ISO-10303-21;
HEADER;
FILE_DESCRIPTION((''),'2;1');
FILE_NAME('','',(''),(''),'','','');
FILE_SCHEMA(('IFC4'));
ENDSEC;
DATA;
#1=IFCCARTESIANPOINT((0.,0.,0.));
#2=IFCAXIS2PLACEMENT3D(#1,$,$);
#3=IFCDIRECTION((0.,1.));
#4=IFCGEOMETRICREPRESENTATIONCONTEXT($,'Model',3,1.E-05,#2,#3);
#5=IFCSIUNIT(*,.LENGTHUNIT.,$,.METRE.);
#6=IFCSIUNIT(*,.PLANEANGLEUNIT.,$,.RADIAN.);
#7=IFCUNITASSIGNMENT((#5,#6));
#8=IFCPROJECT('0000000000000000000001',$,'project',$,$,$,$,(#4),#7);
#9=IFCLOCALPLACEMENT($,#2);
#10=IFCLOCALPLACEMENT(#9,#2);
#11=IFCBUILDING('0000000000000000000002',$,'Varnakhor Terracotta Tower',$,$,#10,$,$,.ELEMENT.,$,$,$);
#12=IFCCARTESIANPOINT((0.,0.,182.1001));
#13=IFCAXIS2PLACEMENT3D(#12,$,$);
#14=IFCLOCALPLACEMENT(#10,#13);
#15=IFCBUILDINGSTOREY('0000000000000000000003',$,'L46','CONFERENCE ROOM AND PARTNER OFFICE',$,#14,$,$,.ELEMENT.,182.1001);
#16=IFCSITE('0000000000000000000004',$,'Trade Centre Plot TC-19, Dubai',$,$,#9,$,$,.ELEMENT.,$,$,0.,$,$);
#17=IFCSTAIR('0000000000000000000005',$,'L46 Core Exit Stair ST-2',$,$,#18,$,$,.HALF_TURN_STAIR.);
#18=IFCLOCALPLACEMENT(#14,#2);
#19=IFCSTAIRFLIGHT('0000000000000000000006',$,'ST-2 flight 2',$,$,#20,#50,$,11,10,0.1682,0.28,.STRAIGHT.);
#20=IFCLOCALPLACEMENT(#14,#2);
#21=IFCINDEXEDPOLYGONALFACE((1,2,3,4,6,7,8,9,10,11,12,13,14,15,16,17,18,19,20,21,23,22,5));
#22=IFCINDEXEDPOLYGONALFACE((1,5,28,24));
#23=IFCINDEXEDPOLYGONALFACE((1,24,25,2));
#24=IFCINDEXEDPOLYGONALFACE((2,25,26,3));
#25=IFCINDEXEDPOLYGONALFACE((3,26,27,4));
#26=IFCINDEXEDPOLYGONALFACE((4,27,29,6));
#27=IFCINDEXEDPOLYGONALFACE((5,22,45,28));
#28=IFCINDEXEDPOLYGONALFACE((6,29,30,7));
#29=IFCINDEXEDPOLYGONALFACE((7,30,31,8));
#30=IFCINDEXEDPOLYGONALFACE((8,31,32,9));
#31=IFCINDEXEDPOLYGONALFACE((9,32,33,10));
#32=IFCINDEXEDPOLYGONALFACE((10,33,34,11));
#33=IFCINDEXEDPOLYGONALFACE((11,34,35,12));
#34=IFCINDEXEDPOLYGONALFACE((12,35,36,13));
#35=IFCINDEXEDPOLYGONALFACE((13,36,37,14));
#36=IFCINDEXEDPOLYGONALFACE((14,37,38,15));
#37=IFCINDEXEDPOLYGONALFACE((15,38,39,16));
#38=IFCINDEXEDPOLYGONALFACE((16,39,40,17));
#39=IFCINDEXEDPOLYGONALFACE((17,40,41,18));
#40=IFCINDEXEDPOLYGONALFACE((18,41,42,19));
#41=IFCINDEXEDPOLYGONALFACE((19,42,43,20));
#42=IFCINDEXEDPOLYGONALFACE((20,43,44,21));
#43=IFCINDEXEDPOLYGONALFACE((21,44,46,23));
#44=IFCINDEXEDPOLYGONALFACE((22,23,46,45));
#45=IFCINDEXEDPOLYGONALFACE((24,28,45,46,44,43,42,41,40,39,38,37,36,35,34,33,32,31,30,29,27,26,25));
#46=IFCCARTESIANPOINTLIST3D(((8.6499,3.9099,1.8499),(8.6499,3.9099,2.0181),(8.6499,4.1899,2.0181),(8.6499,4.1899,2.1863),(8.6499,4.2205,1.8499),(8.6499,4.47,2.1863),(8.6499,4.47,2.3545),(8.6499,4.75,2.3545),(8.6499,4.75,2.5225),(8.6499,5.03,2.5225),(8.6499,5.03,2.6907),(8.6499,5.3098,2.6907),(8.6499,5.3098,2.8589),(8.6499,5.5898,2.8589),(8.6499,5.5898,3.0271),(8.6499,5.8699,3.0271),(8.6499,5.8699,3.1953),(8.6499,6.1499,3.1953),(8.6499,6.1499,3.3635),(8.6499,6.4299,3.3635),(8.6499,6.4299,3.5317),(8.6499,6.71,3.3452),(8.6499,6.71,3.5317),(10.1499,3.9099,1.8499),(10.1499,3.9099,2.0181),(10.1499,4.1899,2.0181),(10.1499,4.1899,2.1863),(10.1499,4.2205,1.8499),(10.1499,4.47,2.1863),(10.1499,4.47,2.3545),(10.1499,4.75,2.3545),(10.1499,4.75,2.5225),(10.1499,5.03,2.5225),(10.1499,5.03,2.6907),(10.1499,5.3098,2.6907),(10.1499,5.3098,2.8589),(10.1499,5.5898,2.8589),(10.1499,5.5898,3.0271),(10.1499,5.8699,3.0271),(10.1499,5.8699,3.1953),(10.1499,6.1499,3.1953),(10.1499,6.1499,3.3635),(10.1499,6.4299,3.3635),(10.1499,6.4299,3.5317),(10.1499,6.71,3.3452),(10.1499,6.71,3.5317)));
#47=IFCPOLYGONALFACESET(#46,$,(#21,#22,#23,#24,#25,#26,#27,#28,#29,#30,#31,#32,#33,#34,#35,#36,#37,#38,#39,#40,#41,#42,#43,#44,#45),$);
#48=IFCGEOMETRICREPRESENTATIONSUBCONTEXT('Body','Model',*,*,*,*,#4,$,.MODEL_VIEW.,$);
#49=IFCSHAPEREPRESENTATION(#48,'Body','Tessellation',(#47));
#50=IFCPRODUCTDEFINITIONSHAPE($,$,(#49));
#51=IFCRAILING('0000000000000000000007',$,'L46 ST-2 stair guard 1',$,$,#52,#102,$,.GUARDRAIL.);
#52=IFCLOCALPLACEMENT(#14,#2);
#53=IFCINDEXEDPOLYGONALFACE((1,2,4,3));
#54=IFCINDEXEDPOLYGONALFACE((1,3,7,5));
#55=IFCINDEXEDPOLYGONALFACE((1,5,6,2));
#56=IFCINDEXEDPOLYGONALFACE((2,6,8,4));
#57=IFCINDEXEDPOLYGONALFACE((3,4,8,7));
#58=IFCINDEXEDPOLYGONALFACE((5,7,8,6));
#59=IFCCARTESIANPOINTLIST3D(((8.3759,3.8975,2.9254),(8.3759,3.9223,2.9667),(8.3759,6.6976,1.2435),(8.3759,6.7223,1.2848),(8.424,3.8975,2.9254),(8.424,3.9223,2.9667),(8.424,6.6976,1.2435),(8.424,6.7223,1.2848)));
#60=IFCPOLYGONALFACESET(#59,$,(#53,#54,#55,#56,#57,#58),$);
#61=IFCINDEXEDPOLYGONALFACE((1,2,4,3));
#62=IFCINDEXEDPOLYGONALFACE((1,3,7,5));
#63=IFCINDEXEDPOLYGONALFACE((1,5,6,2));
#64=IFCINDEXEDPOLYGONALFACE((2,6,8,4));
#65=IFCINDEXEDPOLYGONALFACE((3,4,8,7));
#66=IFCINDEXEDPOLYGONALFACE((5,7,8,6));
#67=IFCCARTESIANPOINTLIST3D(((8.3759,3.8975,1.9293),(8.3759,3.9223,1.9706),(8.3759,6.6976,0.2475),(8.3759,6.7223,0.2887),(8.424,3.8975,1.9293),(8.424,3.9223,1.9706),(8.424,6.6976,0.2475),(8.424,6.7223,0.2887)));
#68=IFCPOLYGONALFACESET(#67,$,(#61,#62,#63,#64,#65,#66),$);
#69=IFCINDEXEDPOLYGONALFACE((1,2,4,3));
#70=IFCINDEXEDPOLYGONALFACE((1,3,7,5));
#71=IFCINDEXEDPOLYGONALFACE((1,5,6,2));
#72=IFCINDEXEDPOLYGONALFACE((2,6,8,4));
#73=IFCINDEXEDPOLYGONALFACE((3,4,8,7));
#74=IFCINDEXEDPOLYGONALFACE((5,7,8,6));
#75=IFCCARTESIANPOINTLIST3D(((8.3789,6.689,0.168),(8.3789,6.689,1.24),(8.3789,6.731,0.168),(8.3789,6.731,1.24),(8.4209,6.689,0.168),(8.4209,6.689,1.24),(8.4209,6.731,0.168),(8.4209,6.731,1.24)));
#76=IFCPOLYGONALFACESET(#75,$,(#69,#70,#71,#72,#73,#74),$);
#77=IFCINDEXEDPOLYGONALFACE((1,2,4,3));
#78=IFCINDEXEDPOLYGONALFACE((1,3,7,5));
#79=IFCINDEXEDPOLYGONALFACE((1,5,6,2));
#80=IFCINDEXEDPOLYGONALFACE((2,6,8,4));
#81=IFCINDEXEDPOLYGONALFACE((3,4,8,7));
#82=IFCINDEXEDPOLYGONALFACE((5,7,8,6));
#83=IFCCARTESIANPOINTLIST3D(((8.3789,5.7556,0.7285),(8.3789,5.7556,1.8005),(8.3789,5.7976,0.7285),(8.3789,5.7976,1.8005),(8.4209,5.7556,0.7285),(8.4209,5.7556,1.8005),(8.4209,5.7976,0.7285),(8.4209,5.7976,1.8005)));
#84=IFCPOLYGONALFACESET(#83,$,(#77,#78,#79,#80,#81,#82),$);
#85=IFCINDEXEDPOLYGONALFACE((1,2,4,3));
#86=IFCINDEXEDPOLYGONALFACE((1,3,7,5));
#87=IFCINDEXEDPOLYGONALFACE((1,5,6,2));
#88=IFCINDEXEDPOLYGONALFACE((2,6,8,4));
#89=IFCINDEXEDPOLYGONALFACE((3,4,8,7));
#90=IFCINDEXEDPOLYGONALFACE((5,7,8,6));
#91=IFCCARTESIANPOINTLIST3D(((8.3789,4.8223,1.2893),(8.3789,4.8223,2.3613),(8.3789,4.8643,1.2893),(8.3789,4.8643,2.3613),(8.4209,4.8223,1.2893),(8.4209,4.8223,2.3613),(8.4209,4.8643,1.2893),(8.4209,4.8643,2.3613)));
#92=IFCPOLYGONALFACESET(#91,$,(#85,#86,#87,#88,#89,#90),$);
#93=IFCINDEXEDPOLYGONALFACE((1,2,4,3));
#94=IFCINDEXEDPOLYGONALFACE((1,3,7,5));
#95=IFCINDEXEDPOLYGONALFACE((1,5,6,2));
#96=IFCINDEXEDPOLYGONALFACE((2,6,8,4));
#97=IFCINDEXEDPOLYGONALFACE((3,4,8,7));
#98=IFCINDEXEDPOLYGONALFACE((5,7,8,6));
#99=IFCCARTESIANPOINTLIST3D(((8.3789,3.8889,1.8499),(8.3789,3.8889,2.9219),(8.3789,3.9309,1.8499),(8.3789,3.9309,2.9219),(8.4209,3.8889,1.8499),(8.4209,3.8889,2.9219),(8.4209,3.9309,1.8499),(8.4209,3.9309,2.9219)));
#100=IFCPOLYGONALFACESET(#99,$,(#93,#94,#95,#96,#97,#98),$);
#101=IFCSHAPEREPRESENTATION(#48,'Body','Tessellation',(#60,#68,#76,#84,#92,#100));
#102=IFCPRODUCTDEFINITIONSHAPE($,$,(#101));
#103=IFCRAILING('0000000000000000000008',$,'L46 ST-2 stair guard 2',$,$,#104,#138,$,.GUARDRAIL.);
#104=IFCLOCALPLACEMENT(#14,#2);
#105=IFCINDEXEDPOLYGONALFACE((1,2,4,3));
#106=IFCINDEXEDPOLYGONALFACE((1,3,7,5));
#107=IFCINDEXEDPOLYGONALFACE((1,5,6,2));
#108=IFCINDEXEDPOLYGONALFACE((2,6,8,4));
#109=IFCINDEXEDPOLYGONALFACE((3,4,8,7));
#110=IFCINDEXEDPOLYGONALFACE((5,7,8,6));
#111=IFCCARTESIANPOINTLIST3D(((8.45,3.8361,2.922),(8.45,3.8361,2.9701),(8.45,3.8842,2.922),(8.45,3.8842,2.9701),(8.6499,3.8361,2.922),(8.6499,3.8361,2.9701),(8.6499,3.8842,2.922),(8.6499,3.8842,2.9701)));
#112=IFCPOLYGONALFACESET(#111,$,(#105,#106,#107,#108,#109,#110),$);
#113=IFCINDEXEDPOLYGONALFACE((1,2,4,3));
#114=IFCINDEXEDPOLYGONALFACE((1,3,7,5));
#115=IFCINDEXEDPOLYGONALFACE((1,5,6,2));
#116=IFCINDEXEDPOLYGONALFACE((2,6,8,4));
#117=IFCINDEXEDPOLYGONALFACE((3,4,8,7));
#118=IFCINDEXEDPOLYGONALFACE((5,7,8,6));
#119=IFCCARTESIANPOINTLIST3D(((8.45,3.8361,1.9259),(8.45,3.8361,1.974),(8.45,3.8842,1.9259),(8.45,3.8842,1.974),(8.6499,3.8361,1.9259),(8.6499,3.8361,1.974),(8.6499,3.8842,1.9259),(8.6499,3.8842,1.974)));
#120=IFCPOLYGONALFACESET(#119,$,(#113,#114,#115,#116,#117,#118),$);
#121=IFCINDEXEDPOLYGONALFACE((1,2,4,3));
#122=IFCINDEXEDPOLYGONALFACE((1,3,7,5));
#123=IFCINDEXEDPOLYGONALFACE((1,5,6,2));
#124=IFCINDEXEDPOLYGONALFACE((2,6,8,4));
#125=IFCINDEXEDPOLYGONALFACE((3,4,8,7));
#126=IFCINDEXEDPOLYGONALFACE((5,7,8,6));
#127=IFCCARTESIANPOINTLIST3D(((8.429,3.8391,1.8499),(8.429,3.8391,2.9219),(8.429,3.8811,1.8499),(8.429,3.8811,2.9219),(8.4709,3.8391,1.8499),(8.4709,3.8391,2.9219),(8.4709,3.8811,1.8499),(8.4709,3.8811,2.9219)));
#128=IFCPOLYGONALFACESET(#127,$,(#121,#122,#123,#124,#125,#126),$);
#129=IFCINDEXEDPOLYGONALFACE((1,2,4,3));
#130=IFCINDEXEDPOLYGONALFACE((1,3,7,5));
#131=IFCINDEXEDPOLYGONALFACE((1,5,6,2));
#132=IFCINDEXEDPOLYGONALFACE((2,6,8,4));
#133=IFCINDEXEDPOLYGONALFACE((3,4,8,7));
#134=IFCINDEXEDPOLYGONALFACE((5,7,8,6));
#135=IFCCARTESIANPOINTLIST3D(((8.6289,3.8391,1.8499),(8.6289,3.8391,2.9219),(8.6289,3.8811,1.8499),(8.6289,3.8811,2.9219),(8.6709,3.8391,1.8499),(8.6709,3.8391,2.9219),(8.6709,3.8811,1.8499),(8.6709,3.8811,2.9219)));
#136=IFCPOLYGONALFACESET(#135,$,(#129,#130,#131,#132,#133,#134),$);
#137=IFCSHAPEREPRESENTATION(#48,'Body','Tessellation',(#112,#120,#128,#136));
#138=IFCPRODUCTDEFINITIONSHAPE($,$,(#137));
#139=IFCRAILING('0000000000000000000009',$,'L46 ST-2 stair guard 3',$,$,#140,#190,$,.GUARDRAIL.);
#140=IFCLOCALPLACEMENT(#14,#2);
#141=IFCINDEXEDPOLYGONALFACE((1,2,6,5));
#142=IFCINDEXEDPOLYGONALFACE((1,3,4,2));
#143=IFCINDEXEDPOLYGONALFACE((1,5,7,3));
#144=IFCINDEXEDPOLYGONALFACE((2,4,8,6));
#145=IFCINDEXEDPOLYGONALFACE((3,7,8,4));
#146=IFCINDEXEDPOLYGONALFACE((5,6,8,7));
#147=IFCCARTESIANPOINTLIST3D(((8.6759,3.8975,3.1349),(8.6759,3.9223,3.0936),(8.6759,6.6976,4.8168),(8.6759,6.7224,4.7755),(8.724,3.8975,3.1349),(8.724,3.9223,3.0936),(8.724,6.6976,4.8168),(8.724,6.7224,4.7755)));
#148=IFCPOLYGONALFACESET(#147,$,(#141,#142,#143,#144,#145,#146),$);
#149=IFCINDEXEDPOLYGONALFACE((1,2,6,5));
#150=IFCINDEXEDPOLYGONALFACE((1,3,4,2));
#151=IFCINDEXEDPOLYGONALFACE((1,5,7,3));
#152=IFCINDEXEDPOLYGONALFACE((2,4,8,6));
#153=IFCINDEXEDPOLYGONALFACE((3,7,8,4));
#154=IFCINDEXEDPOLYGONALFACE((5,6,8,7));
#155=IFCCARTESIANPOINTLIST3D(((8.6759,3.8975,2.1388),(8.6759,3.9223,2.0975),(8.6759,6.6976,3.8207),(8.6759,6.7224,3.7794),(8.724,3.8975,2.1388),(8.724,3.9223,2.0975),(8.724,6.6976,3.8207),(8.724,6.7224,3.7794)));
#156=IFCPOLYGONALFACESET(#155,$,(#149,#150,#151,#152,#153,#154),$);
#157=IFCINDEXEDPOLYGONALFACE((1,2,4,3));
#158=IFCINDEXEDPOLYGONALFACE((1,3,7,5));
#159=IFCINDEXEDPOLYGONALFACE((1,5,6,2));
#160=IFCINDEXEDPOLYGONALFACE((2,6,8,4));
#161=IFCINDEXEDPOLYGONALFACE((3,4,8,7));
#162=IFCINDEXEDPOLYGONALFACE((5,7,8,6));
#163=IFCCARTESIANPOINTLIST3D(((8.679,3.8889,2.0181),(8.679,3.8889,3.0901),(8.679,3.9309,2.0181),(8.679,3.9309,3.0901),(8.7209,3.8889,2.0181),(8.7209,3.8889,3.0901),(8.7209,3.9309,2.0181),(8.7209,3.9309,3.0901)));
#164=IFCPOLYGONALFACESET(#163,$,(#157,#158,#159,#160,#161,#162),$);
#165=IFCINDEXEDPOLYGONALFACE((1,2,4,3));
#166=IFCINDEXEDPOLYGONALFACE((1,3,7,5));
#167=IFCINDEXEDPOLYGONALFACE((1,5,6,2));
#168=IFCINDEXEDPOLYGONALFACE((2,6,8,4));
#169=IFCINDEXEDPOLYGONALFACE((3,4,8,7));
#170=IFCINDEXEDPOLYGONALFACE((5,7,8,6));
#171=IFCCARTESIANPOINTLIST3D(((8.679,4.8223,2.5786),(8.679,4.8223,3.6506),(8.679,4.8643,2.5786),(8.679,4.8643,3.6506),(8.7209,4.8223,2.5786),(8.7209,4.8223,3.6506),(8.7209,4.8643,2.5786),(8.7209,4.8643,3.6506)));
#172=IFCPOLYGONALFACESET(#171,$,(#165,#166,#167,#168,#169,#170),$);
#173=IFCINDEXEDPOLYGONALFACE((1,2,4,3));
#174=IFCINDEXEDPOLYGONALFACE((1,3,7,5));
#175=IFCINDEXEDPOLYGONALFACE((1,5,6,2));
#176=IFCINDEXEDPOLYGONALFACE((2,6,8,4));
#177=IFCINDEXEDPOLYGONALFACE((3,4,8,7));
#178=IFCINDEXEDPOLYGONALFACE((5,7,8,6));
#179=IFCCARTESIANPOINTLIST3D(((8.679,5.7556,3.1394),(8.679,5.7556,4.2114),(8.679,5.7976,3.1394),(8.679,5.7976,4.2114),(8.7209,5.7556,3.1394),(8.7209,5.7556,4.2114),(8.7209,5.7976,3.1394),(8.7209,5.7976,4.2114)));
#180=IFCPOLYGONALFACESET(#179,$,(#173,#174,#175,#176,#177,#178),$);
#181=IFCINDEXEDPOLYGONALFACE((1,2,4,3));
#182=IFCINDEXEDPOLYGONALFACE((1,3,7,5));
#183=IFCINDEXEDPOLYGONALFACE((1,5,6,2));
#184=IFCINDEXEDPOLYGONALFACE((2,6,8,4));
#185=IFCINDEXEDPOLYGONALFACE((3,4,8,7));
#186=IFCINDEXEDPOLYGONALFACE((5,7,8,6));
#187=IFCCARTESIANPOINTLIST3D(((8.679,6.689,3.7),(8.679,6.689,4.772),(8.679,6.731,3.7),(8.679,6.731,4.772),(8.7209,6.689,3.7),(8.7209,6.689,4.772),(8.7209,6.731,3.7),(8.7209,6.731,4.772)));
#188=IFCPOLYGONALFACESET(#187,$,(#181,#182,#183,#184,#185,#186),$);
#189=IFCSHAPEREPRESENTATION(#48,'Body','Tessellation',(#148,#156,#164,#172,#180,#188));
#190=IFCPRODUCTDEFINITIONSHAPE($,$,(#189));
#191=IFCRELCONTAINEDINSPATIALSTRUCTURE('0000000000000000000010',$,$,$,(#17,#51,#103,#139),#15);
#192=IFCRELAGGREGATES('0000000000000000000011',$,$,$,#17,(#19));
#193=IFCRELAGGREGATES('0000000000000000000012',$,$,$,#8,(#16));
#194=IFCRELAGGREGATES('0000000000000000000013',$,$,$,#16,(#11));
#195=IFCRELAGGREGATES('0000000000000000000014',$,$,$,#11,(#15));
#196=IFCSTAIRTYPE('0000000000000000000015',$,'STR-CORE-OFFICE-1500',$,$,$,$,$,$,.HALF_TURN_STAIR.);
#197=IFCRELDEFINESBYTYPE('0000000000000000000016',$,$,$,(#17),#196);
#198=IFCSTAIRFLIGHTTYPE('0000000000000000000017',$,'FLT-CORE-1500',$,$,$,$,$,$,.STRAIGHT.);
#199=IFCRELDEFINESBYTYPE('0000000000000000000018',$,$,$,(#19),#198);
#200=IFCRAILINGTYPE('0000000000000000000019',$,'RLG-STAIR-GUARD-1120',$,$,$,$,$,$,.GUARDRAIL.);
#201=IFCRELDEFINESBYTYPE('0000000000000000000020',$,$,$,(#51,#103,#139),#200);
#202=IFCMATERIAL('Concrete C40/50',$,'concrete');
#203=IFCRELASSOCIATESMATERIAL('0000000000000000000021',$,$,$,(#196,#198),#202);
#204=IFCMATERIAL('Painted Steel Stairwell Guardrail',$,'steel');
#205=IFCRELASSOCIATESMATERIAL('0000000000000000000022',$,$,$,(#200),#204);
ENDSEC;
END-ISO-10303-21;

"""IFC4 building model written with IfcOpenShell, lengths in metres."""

from ifc_helpers import new_model, si_unit, direction, frame, origin, origin_2d, place, context, subcontext, project, spatial, polyline, rectangle, outline, extrude, material, type_object, element, aggregate, save


model = new_model("IFC4")

# Units and contexts
model_context = context("Model", 3, precision=1e-05, world=origin(), true_north=direction((0.0, 1.0)))
body_context = subcontext(model_context, "Body", "Model", "MODEL_VIEW")
ifc_project = project(units=[si_unit("LENGTHUNIT", "METRE"), si_unit("PLANEANGLEUNIT", "RADIAN")], contexts=[model_context])

# Site, building, storey
site_placement = place(None, origin())
site = spatial("IfcSite", under=ifc_project, at=site_placement, Name="Trade Centre Plot TC-19, Dubai", CompositionType="ELEMENT", RefElevation=0.0)
building_placement = place(site_placement, origin())
building = spatial("IfcBuilding", under=site, at=building_placement, Name="Varnakhor Terracotta Tower", CompositionType="ELEMENT")
storey_placement = place(building_placement, frame((0.0, 0.0, 182.1001)))
storey = spatial("IfcBuildingStorey", under=building, at=storey_placement, Name="L46", Description="CONFERENCE ROOM AND PARTNER OFFICE", CompositionType="ELEMENT", Elevation=182.1001)

# Stair
ifc_material_1 = material(Name="Concrete C40/50", Category="concrete")
stair_type = type_object("IfcStairType", Name="STR-CORE-OFFICE-1500", PredefinedType="HALF_TURN_STAIR", material=ifc_material_1)
stair_1_placement = place(storey_placement, origin())
stair_1 = element("IfcStair", 1, at=stair_1_placement, inside=storey, type_object=stair_type, Name="L46 Core Exit Stair ST-2", PredefinedType="HALF_TURN_STAIR")

# Stair flight
stair_flight_type = type_object("IfcStairFlightType", Name="FLT-CORE-1500", PredefinedType="STRAIGHT", material=ifc_material_1)
stair_flight_1_placement = place(storey_placement, frame((9.3999, 3.9099, 1.8499), z_axis=(0.0, 0.0, 1.0), x_axis=(0.0, 1.0, 0.0)))
stair_flight_1 = element("IfcStairFlight", 2, at=stair_flight_1_placement, type_object=stair_flight_type, Name="ST-2 flight 2", NumberOfRisers=11, NumberOfTreads=10, PredefinedType="STRAIGHT", RiserHeight=0.1682, TreadLength=0.28, context=body_context, shape_type="SweptSolid", body=[
    extrude(outline(polyline([(0.0, 0.0), (0.0, 0.1682), (0.28, 0.1682), (0.28, 0.3364), (0.5601, 0.3364), (0.5601, 0.5046), (0.8401, 0.5046), (0.8401, 0.6726), (1.1201, 0.6726), (1.1201, 0.8408), (1.3999, 0.8408), (1.3999, 1.009), (1.6799, 1.009), (1.6799, 1.1772), (1.96, 1.1772), (1.96, 1.3455), (2.24, 1.3455), (2.24, 1.5137), (2.52, 1.5137), (2.52, 1.6819), (2.8, 1.6819), (2.8, 1.8501), (2.8, 1.4954), (0.3105, 0.0), (0.0, 0.0)])), frame((0.0, 0.75, 0.0), z_axis=(0.0, -1.0, 0.0), x_axis=(1.0, 0.0, 0.0)), (0.0, 0.0, 1.0), 1.5),
])
aggregate(stair_1, [stair_flight_1])

# Railings
ifc_material_2 = material(Name="Painted Steel Stairwell Guardrail", Category="steel")
railing_type_1 = type_object("IfcRailingType", Name="RLG-STAIR-GUARD-1120", PredefinedType="GUARDRAIL", material=ifc_material_2)
railing_1_placement = place(storey_placement, frame((8.3999, 6.71, 0.168)))
element("IfcRailing", 3, at=railing_1_placement, inside=storey, type_object=railing_type_1, Name="L46 ST-2 stair guard 1", PredefinedType="GUARDRAIL", context=body_context, shape_type="SweptSolid", body=[
    extrude(rectangle(XDim=0.0481, YDim=0.0481, at=origin_2d()), frame((0.0, 0.0, 1.0962), z_axis=(0.0, -0.857242, 0.514913), x_axis=(1.0, 0.0, 0.0)), (0.0, 0.0, 1.0), 3.2664),
    extrude(rectangle(XDim=0.0481, YDim=0.0481, at=origin_2d()), frame((0.0, 0.0, 0.1001), z_axis=(0.0, -0.857242, 0.514913), x_axis=(1.0, 0.0, 0.0)), (0.0, 0.0, 1.0), 3.2664),
    extrude(rectangle(XDim=0.042, YDim=0.042, at=origin_2d()), origin(), (0.0, 0.0, 1.0), 1.072),
    extrude(rectangle(XDim=0.042, YDim=0.042, at=origin_2d()), frame((0.0, -0.9333, 0.5605)), (0.0, 0.0, 1.0), 1.072),
    extrude(rectangle(XDim=0.042, YDim=0.042, at=origin_2d()), frame((0.0, -1.8667, 1.1213)), (0.0, 0.0, 1.0), 1.072),
    extrude(rectangle(XDim=0.042, YDim=0.042, at=origin_2d()), frame((0.0, -2.8, 1.6819)), (0.0, 0.0, 1.0), 1.072),
])
railing_2_placement = place(storey_placement, frame((8.45, 3.8601, 1.8499)))
element("IfcRailing", 4, at=railing_2_placement, inside=storey, type_object=railing_type_1, Name="L46 ST-2 stair guard 2", PredefinedType="GUARDRAIL", context=body_context, shape_type="SweptSolid", body=[
    extrude(rectangle(XDim=0.0481, YDim=0.0481, at=origin_2d()), frame((0.0, 0.0, 1.0962), z_axis=(1.0, 0.0, 0.0), x_axis=(0.0, 1.0, 0.0)), (0.0, 0.0, 1.0), 0.2),
    extrude(rectangle(XDim=0.0481, YDim=0.0481, at=origin_2d()), frame((0.0, 0.0, 0.1001), z_axis=(1.0, 0.0, 0.0), x_axis=(0.0, 1.0, 0.0)), (0.0, 0.0, 1.0), 0.2),
    extrude(rectangle(XDim=0.042, YDim=0.042, at=origin_2d()), origin(), (0.0, 0.0, 1.0), 1.072),
    extrude(rectangle(XDim=0.042, YDim=0.042, at=origin_2d()), frame((0.2, 0.0, 0.0)), (0.0, 0.0, 1.0), 1.072),
])
railing_3_placement = place(storey_placement, frame((8.7, 3.9099, 2.0181)))
element("IfcRailing", 5, at=railing_3_placement, inside=storey, type_object=railing_type_1, Name="L46 ST-2 stair guard 3", PredefinedType="GUARDRAIL", context=body_context, shape_type="SweptSolid", body=[
    extrude(rectangle(XDim=0.0481, YDim=0.0481, at=origin_2d()), frame((0.0, 0.0, 1.0962), z_axis=(0.0, 0.857242, 0.514913), x_axis=(-1.0, 0.0, 0.0)), (0.0, 0.0, 1.0), 3.2664),
    extrude(rectangle(XDim=0.0481, YDim=0.0481, at=origin_2d()), frame((0.0, 0.0, 0.1001), z_axis=(0.0, 0.857242, 0.514913), x_axis=(-1.0, 0.0, 0.0)), (0.0, 0.0, 1.0), 3.2664),
    extrude(rectangle(XDim=0.042, YDim=0.042, at=origin_2d()), origin(), (0.0, 0.0, 1.0), 1.072),
    extrude(rectangle(XDim=0.042, YDim=0.042, at=origin_2d()), frame((0.0, 0.9333, 0.5605)), (0.0, 0.0, 1.0), 1.072),
    extrude(rectangle(XDim=0.042, YDim=0.042, at=origin_2d()), frame((0.0, 1.8667, 1.1213)), (0.0, 0.0, 1.0), 1.072),
    extrude(rectangle(XDim=0.042, YDim=0.042, at=origin_2d()), frame((0.0, 2.8, 1.6819)), (0.0, 0.0, 1.0), 1.072),
])

save(model, "model.ifc")
